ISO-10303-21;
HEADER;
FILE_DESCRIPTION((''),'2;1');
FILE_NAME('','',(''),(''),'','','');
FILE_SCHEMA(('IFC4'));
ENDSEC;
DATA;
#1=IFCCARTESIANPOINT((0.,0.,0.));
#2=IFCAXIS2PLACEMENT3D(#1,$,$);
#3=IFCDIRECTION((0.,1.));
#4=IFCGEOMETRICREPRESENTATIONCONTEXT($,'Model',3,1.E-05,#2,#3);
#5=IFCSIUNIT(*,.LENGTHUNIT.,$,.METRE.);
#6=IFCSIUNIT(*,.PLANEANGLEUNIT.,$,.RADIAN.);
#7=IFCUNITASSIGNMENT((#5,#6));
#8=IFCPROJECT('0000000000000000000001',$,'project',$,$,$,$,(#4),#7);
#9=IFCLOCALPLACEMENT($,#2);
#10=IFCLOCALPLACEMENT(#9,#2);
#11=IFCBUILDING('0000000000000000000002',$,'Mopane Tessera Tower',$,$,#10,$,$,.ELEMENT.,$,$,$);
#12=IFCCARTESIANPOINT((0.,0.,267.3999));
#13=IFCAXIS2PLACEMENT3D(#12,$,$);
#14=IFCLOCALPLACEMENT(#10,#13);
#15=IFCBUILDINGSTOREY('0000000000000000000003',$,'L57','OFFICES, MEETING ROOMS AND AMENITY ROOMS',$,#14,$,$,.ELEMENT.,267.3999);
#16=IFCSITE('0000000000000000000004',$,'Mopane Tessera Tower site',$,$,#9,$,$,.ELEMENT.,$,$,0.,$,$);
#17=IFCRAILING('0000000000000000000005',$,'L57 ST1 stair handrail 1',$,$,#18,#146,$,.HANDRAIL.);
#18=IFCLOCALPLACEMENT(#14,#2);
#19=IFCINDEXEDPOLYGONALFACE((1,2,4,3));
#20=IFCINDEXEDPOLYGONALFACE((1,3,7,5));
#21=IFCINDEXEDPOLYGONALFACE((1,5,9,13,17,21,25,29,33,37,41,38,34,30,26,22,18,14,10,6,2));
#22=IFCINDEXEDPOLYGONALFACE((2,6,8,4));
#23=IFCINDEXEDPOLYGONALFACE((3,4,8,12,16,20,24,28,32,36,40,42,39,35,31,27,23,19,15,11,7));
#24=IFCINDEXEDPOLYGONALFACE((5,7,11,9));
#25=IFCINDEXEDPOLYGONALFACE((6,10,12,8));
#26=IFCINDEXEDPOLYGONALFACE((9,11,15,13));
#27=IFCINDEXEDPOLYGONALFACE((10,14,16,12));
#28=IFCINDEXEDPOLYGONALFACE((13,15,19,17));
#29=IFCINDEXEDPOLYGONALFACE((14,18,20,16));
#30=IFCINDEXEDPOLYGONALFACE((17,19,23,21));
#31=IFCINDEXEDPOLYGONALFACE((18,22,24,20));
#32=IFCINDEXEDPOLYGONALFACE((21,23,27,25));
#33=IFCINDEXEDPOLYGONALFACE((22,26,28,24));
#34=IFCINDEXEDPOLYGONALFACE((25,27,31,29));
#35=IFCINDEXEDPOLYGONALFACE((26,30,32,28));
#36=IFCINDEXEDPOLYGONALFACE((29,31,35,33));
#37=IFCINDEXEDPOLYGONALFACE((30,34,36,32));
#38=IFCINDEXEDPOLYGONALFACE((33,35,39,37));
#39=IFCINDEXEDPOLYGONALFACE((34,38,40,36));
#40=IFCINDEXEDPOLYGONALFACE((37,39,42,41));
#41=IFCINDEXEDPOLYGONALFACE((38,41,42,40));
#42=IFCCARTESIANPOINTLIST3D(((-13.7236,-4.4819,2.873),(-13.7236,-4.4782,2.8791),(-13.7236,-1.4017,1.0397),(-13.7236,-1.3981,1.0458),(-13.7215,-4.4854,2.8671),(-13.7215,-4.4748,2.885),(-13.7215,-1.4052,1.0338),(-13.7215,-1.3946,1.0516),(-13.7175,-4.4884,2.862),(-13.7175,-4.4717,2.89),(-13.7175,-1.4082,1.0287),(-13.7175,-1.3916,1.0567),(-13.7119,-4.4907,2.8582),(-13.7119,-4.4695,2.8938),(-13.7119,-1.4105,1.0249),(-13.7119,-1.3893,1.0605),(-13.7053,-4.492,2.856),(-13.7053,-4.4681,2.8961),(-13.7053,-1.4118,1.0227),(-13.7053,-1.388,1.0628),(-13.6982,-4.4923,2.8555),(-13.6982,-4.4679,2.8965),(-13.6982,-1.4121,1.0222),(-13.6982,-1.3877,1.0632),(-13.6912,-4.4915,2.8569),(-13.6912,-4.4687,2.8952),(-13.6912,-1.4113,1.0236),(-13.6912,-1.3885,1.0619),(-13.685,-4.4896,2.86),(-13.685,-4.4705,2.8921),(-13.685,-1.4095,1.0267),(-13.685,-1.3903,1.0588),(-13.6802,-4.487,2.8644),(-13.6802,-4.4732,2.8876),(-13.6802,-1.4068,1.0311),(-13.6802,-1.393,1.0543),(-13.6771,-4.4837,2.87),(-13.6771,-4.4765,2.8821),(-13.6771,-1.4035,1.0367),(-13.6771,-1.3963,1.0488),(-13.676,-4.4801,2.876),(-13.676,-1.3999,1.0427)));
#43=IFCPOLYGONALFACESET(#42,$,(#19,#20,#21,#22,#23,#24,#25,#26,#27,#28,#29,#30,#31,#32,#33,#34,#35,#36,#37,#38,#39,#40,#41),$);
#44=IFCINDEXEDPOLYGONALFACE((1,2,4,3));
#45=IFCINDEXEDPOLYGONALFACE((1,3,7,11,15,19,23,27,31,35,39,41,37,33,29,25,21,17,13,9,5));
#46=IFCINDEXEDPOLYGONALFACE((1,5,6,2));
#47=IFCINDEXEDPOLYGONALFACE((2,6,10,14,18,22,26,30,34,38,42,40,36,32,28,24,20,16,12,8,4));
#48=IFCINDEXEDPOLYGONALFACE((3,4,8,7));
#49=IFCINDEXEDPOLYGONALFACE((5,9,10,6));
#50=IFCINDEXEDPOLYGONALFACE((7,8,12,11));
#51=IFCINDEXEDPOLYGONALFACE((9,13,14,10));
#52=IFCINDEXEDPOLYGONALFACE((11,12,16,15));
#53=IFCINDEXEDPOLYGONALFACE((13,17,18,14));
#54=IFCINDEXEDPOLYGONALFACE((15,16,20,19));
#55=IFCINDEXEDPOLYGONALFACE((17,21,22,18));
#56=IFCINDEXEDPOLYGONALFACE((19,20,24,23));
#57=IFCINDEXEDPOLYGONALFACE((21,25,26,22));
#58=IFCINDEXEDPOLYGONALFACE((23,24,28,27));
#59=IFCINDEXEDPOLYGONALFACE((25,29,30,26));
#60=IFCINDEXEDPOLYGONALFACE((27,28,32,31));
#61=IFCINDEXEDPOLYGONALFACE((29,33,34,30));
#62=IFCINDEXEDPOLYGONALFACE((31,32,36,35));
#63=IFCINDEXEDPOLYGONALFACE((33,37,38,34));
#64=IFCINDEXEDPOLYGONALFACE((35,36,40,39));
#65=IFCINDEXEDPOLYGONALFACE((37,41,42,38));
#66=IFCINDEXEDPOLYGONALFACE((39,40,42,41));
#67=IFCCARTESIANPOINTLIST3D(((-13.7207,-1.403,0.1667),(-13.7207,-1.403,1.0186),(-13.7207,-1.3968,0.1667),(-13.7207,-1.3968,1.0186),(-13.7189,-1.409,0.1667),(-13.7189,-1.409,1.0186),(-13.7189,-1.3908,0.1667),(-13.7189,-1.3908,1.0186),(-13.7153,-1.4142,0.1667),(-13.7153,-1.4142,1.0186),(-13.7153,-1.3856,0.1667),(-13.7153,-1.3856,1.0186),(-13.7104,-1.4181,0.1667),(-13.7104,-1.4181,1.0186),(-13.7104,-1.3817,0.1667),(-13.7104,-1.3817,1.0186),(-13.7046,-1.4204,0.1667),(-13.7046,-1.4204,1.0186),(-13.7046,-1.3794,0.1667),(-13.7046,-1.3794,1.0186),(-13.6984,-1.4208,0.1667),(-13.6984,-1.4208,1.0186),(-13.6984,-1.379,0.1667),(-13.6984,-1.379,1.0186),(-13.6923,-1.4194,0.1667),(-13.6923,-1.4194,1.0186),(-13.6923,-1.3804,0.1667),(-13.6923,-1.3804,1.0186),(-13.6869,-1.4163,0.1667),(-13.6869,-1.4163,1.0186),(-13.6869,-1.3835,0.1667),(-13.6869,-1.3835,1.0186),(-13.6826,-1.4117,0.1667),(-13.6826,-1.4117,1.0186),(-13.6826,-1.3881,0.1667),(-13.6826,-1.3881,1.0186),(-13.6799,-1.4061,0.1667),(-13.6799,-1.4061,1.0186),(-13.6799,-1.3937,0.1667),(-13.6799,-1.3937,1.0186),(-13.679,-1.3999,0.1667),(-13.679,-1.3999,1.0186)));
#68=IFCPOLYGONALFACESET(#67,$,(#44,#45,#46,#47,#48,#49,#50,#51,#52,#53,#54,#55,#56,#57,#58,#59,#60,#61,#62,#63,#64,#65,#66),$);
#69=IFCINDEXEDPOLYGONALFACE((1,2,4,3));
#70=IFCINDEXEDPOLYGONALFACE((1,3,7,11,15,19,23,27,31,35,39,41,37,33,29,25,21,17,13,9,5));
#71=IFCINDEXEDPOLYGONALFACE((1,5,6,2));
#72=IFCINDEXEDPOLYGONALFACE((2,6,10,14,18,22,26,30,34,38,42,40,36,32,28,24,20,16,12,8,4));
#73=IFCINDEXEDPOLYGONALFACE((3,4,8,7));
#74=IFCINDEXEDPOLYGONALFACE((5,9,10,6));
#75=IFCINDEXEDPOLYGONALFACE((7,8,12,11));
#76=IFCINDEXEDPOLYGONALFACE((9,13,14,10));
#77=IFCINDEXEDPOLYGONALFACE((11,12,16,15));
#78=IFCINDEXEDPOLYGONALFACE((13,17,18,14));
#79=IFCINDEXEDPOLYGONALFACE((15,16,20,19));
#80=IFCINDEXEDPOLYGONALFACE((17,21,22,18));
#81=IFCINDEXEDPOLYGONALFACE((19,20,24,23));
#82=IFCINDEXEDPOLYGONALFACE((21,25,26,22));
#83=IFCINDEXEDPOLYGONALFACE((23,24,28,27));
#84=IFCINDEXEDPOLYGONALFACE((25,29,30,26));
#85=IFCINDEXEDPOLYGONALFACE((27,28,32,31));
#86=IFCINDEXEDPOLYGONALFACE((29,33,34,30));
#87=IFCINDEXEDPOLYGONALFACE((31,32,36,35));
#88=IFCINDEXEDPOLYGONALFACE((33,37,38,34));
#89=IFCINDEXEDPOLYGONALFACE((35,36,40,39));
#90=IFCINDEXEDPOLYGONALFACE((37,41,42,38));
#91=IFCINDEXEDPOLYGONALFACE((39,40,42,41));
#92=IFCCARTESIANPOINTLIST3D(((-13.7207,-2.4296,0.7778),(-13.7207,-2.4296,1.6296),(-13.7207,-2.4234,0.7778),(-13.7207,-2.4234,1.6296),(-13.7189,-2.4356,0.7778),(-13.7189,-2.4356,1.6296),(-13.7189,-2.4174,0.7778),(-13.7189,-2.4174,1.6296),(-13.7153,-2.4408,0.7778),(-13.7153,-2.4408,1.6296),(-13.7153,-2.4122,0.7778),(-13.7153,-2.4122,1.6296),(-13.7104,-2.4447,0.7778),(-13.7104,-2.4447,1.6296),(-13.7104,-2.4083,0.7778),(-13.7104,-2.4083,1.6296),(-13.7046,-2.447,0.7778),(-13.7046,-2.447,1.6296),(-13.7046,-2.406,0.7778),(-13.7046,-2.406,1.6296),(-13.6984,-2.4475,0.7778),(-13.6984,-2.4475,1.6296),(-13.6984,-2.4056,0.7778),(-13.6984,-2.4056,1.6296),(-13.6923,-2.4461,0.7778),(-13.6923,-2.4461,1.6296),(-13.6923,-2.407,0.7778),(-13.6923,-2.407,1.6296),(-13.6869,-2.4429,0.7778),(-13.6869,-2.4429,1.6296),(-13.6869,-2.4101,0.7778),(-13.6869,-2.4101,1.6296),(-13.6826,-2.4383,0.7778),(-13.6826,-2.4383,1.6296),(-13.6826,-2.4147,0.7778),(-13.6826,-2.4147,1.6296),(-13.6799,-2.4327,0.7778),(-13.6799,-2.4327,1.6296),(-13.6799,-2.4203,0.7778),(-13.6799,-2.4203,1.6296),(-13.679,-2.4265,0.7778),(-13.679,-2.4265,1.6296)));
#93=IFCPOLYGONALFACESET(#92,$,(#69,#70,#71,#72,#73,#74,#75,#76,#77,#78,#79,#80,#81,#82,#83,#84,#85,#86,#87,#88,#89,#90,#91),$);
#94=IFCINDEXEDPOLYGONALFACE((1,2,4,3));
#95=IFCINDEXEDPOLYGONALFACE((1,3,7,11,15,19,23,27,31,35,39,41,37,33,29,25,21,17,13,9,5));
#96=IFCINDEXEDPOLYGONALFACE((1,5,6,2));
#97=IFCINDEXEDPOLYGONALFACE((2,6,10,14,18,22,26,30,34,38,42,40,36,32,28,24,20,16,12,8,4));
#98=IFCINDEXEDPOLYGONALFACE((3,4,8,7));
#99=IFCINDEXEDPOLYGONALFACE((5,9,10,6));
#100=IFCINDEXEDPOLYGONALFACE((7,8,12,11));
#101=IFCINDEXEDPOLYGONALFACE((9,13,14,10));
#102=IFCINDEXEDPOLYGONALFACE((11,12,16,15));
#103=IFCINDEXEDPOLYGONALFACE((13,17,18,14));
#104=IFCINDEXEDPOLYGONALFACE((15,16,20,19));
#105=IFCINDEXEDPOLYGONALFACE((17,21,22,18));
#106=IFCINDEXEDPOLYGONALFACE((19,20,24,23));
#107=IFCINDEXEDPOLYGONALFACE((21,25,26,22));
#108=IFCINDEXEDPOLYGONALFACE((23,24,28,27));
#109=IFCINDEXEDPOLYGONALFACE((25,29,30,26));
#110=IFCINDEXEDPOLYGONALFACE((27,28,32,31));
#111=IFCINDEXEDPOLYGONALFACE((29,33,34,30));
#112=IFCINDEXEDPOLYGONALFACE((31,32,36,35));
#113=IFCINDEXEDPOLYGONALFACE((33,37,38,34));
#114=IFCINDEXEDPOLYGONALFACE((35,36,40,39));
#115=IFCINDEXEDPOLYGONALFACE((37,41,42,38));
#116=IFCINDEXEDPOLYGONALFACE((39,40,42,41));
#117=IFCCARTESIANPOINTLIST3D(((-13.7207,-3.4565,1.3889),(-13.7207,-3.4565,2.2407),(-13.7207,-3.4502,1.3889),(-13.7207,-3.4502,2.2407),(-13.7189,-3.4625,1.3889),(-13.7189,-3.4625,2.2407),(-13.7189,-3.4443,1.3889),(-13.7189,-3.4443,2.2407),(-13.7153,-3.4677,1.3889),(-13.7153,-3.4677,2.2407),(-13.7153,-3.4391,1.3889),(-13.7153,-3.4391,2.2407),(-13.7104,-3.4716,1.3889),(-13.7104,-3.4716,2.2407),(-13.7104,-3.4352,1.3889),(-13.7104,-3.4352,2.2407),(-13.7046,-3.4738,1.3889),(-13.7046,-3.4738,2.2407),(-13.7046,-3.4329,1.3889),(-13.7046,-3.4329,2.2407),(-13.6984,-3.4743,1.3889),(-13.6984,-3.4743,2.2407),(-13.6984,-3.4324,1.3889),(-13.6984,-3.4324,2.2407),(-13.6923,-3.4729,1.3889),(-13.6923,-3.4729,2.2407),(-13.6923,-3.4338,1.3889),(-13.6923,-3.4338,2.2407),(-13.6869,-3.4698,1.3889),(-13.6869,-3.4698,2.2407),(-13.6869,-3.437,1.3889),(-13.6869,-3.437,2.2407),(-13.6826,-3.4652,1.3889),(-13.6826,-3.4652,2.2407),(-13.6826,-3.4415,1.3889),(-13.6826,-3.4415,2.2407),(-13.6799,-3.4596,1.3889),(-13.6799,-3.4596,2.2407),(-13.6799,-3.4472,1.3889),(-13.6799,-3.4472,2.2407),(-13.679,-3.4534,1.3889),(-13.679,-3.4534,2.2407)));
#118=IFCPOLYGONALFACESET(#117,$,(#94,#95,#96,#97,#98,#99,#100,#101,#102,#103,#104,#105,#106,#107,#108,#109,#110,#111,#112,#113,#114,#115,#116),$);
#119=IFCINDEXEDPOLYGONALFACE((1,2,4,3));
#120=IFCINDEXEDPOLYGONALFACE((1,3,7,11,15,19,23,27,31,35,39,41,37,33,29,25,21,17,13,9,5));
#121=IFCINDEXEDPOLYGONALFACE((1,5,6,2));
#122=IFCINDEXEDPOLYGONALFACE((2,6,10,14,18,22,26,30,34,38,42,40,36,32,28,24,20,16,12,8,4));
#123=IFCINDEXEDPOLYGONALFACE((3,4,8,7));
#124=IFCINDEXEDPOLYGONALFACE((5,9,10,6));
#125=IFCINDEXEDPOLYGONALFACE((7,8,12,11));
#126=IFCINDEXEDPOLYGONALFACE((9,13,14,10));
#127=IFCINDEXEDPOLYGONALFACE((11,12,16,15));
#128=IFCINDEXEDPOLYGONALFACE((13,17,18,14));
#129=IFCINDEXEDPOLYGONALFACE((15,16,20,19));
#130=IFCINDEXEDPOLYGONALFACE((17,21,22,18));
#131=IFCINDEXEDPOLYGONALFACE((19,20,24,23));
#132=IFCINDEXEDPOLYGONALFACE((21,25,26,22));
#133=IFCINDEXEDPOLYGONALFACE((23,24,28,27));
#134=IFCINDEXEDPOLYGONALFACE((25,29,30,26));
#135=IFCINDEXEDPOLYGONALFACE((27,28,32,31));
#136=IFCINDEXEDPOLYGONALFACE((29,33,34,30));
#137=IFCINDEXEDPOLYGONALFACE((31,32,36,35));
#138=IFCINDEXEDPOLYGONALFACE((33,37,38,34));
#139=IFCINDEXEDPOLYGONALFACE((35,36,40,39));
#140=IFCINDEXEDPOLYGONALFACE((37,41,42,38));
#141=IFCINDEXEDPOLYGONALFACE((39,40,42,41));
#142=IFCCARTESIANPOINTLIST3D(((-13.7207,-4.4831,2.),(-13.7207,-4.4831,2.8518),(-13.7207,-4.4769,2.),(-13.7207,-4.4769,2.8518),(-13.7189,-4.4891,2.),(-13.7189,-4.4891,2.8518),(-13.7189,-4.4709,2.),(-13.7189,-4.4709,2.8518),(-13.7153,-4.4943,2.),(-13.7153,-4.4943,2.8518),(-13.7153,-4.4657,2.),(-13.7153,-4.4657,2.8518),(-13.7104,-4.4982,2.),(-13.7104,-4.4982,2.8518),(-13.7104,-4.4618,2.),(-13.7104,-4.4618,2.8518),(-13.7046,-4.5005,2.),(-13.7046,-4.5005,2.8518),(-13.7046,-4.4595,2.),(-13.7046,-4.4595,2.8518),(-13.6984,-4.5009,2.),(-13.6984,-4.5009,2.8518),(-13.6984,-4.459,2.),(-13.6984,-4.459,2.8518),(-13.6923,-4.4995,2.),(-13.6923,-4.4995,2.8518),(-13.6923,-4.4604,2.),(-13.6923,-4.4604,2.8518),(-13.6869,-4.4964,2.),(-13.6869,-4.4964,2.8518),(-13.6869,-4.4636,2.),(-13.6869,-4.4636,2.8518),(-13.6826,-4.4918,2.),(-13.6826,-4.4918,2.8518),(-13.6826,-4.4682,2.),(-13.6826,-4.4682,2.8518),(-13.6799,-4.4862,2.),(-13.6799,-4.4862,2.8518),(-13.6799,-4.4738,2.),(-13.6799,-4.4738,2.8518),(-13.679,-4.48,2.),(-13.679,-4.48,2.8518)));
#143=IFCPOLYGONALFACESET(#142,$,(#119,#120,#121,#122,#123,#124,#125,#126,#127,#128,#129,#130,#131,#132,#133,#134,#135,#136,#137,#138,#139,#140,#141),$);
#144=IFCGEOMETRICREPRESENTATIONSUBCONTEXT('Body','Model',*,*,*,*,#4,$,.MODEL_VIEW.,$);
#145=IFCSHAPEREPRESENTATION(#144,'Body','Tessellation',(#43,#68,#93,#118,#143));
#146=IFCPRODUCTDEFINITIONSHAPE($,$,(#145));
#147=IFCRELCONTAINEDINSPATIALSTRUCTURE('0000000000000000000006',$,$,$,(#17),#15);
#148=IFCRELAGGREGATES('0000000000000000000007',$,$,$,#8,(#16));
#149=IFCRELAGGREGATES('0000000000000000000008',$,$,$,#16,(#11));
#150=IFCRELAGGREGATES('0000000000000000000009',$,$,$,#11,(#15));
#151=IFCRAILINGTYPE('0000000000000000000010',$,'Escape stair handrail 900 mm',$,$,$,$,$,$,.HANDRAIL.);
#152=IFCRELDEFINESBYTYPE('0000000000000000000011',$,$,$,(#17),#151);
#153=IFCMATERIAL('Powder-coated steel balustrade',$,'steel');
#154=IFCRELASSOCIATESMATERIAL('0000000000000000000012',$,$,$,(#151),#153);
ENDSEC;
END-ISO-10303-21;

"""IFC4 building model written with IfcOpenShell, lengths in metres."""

from ifc_helpers import new_model, si_unit, direction, frame, origin, origin_2d, place, context, subcontext, project, spatial, circle, extrude, material, type_object, element, save


model = new_model("IFC4")

# Units and contexts
model_context = context("Model", 3, precision=1e-05, world=origin(), true_north=direction((0.0, 1.0)))
body_context = subcontext(model_context, "Body", "Model", "MODEL_VIEW")
ifc_project = project(units=[si_unit("LENGTHUNIT", "METRE"), si_unit("PLANEANGLEUNIT", "RADIAN")], contexts=[model_context])

# Site, building, storey
site_placement = place(None, origin())
site = spatial("IfcSite", under=ifc_project, at=site_placement, Name="Mopane Tessera Tower site", CompositionType="ELEMENT", RefElevation=0.0)
building_placement = place(site_placement, origin())
building = spatial("IfcBuilding", under=site, at=building_placement, Name="Mopane Tessera Tower", CompositionType="ELEMENT")
storey_placement = place(building_placement, frame((0.0, 0.0, 267.3999)))
storey = spatial("IfcBuildingStorey", under=building, at=storey_placement, Name="L57", Description="OFFICES, MEETING ROOMS AND AMENITY ROOMS", CompositionType="ELEMENT", Elevation=267.3999)

# Railing
ifc_material_1 = material(Name="Powder-coated steel balustrade", Category="steel")
railing_type_1 = type_object("IfcRailingType", Name="Escape stair handrail 900 mm", PredefinedType="HANDRAIL", material=ifc_material_1)
railing_1_placement = place(storey_placement, frame((-13.7, -1.3999, 0.1667)))
element("IfcRailing", 1, at=railing_1_placement, inside=storey, type_object=railing_type_1, Name="L57 ST1 stair handrail 1", PredefinedType="HANDRAIL", context=body_context, shape_type="SweptSolid", body=[
    extrude(circle(Radius=0.0239, at=origin_2d()), frame((0.0, 0.0, 0.876), z_axis=(0.0, -0.859309, 0.511458), x_axis=(1.0, 0.0, 0.0)), (0.0, 0.0, 1.0), 3.5845),
    extrude(circle(Radius=0.021, at=origin_2d()), origin(), (0.0, 0.0, 1.0), 0.8518),
    extrude(circle(Radius=0.021, at=origin_2d()), frame((0.0, -1.0266, 0.6111)), (0.0, 0.0, 1.0), 0.8518),
    extrude(circle(Radius=0.021, at=origin_2d()), frame((0.0, -2.0535, 1.2222)), (0.0, 0.0, 1.0), 0.8518),
    extrude(circle(Radius=0.021, at=origin_2d()), frame((0.0, -3.0801, 1.8333)), (0.0, 0.0, 1.0), 0.8518),
])

save(model, "model.ifc")
